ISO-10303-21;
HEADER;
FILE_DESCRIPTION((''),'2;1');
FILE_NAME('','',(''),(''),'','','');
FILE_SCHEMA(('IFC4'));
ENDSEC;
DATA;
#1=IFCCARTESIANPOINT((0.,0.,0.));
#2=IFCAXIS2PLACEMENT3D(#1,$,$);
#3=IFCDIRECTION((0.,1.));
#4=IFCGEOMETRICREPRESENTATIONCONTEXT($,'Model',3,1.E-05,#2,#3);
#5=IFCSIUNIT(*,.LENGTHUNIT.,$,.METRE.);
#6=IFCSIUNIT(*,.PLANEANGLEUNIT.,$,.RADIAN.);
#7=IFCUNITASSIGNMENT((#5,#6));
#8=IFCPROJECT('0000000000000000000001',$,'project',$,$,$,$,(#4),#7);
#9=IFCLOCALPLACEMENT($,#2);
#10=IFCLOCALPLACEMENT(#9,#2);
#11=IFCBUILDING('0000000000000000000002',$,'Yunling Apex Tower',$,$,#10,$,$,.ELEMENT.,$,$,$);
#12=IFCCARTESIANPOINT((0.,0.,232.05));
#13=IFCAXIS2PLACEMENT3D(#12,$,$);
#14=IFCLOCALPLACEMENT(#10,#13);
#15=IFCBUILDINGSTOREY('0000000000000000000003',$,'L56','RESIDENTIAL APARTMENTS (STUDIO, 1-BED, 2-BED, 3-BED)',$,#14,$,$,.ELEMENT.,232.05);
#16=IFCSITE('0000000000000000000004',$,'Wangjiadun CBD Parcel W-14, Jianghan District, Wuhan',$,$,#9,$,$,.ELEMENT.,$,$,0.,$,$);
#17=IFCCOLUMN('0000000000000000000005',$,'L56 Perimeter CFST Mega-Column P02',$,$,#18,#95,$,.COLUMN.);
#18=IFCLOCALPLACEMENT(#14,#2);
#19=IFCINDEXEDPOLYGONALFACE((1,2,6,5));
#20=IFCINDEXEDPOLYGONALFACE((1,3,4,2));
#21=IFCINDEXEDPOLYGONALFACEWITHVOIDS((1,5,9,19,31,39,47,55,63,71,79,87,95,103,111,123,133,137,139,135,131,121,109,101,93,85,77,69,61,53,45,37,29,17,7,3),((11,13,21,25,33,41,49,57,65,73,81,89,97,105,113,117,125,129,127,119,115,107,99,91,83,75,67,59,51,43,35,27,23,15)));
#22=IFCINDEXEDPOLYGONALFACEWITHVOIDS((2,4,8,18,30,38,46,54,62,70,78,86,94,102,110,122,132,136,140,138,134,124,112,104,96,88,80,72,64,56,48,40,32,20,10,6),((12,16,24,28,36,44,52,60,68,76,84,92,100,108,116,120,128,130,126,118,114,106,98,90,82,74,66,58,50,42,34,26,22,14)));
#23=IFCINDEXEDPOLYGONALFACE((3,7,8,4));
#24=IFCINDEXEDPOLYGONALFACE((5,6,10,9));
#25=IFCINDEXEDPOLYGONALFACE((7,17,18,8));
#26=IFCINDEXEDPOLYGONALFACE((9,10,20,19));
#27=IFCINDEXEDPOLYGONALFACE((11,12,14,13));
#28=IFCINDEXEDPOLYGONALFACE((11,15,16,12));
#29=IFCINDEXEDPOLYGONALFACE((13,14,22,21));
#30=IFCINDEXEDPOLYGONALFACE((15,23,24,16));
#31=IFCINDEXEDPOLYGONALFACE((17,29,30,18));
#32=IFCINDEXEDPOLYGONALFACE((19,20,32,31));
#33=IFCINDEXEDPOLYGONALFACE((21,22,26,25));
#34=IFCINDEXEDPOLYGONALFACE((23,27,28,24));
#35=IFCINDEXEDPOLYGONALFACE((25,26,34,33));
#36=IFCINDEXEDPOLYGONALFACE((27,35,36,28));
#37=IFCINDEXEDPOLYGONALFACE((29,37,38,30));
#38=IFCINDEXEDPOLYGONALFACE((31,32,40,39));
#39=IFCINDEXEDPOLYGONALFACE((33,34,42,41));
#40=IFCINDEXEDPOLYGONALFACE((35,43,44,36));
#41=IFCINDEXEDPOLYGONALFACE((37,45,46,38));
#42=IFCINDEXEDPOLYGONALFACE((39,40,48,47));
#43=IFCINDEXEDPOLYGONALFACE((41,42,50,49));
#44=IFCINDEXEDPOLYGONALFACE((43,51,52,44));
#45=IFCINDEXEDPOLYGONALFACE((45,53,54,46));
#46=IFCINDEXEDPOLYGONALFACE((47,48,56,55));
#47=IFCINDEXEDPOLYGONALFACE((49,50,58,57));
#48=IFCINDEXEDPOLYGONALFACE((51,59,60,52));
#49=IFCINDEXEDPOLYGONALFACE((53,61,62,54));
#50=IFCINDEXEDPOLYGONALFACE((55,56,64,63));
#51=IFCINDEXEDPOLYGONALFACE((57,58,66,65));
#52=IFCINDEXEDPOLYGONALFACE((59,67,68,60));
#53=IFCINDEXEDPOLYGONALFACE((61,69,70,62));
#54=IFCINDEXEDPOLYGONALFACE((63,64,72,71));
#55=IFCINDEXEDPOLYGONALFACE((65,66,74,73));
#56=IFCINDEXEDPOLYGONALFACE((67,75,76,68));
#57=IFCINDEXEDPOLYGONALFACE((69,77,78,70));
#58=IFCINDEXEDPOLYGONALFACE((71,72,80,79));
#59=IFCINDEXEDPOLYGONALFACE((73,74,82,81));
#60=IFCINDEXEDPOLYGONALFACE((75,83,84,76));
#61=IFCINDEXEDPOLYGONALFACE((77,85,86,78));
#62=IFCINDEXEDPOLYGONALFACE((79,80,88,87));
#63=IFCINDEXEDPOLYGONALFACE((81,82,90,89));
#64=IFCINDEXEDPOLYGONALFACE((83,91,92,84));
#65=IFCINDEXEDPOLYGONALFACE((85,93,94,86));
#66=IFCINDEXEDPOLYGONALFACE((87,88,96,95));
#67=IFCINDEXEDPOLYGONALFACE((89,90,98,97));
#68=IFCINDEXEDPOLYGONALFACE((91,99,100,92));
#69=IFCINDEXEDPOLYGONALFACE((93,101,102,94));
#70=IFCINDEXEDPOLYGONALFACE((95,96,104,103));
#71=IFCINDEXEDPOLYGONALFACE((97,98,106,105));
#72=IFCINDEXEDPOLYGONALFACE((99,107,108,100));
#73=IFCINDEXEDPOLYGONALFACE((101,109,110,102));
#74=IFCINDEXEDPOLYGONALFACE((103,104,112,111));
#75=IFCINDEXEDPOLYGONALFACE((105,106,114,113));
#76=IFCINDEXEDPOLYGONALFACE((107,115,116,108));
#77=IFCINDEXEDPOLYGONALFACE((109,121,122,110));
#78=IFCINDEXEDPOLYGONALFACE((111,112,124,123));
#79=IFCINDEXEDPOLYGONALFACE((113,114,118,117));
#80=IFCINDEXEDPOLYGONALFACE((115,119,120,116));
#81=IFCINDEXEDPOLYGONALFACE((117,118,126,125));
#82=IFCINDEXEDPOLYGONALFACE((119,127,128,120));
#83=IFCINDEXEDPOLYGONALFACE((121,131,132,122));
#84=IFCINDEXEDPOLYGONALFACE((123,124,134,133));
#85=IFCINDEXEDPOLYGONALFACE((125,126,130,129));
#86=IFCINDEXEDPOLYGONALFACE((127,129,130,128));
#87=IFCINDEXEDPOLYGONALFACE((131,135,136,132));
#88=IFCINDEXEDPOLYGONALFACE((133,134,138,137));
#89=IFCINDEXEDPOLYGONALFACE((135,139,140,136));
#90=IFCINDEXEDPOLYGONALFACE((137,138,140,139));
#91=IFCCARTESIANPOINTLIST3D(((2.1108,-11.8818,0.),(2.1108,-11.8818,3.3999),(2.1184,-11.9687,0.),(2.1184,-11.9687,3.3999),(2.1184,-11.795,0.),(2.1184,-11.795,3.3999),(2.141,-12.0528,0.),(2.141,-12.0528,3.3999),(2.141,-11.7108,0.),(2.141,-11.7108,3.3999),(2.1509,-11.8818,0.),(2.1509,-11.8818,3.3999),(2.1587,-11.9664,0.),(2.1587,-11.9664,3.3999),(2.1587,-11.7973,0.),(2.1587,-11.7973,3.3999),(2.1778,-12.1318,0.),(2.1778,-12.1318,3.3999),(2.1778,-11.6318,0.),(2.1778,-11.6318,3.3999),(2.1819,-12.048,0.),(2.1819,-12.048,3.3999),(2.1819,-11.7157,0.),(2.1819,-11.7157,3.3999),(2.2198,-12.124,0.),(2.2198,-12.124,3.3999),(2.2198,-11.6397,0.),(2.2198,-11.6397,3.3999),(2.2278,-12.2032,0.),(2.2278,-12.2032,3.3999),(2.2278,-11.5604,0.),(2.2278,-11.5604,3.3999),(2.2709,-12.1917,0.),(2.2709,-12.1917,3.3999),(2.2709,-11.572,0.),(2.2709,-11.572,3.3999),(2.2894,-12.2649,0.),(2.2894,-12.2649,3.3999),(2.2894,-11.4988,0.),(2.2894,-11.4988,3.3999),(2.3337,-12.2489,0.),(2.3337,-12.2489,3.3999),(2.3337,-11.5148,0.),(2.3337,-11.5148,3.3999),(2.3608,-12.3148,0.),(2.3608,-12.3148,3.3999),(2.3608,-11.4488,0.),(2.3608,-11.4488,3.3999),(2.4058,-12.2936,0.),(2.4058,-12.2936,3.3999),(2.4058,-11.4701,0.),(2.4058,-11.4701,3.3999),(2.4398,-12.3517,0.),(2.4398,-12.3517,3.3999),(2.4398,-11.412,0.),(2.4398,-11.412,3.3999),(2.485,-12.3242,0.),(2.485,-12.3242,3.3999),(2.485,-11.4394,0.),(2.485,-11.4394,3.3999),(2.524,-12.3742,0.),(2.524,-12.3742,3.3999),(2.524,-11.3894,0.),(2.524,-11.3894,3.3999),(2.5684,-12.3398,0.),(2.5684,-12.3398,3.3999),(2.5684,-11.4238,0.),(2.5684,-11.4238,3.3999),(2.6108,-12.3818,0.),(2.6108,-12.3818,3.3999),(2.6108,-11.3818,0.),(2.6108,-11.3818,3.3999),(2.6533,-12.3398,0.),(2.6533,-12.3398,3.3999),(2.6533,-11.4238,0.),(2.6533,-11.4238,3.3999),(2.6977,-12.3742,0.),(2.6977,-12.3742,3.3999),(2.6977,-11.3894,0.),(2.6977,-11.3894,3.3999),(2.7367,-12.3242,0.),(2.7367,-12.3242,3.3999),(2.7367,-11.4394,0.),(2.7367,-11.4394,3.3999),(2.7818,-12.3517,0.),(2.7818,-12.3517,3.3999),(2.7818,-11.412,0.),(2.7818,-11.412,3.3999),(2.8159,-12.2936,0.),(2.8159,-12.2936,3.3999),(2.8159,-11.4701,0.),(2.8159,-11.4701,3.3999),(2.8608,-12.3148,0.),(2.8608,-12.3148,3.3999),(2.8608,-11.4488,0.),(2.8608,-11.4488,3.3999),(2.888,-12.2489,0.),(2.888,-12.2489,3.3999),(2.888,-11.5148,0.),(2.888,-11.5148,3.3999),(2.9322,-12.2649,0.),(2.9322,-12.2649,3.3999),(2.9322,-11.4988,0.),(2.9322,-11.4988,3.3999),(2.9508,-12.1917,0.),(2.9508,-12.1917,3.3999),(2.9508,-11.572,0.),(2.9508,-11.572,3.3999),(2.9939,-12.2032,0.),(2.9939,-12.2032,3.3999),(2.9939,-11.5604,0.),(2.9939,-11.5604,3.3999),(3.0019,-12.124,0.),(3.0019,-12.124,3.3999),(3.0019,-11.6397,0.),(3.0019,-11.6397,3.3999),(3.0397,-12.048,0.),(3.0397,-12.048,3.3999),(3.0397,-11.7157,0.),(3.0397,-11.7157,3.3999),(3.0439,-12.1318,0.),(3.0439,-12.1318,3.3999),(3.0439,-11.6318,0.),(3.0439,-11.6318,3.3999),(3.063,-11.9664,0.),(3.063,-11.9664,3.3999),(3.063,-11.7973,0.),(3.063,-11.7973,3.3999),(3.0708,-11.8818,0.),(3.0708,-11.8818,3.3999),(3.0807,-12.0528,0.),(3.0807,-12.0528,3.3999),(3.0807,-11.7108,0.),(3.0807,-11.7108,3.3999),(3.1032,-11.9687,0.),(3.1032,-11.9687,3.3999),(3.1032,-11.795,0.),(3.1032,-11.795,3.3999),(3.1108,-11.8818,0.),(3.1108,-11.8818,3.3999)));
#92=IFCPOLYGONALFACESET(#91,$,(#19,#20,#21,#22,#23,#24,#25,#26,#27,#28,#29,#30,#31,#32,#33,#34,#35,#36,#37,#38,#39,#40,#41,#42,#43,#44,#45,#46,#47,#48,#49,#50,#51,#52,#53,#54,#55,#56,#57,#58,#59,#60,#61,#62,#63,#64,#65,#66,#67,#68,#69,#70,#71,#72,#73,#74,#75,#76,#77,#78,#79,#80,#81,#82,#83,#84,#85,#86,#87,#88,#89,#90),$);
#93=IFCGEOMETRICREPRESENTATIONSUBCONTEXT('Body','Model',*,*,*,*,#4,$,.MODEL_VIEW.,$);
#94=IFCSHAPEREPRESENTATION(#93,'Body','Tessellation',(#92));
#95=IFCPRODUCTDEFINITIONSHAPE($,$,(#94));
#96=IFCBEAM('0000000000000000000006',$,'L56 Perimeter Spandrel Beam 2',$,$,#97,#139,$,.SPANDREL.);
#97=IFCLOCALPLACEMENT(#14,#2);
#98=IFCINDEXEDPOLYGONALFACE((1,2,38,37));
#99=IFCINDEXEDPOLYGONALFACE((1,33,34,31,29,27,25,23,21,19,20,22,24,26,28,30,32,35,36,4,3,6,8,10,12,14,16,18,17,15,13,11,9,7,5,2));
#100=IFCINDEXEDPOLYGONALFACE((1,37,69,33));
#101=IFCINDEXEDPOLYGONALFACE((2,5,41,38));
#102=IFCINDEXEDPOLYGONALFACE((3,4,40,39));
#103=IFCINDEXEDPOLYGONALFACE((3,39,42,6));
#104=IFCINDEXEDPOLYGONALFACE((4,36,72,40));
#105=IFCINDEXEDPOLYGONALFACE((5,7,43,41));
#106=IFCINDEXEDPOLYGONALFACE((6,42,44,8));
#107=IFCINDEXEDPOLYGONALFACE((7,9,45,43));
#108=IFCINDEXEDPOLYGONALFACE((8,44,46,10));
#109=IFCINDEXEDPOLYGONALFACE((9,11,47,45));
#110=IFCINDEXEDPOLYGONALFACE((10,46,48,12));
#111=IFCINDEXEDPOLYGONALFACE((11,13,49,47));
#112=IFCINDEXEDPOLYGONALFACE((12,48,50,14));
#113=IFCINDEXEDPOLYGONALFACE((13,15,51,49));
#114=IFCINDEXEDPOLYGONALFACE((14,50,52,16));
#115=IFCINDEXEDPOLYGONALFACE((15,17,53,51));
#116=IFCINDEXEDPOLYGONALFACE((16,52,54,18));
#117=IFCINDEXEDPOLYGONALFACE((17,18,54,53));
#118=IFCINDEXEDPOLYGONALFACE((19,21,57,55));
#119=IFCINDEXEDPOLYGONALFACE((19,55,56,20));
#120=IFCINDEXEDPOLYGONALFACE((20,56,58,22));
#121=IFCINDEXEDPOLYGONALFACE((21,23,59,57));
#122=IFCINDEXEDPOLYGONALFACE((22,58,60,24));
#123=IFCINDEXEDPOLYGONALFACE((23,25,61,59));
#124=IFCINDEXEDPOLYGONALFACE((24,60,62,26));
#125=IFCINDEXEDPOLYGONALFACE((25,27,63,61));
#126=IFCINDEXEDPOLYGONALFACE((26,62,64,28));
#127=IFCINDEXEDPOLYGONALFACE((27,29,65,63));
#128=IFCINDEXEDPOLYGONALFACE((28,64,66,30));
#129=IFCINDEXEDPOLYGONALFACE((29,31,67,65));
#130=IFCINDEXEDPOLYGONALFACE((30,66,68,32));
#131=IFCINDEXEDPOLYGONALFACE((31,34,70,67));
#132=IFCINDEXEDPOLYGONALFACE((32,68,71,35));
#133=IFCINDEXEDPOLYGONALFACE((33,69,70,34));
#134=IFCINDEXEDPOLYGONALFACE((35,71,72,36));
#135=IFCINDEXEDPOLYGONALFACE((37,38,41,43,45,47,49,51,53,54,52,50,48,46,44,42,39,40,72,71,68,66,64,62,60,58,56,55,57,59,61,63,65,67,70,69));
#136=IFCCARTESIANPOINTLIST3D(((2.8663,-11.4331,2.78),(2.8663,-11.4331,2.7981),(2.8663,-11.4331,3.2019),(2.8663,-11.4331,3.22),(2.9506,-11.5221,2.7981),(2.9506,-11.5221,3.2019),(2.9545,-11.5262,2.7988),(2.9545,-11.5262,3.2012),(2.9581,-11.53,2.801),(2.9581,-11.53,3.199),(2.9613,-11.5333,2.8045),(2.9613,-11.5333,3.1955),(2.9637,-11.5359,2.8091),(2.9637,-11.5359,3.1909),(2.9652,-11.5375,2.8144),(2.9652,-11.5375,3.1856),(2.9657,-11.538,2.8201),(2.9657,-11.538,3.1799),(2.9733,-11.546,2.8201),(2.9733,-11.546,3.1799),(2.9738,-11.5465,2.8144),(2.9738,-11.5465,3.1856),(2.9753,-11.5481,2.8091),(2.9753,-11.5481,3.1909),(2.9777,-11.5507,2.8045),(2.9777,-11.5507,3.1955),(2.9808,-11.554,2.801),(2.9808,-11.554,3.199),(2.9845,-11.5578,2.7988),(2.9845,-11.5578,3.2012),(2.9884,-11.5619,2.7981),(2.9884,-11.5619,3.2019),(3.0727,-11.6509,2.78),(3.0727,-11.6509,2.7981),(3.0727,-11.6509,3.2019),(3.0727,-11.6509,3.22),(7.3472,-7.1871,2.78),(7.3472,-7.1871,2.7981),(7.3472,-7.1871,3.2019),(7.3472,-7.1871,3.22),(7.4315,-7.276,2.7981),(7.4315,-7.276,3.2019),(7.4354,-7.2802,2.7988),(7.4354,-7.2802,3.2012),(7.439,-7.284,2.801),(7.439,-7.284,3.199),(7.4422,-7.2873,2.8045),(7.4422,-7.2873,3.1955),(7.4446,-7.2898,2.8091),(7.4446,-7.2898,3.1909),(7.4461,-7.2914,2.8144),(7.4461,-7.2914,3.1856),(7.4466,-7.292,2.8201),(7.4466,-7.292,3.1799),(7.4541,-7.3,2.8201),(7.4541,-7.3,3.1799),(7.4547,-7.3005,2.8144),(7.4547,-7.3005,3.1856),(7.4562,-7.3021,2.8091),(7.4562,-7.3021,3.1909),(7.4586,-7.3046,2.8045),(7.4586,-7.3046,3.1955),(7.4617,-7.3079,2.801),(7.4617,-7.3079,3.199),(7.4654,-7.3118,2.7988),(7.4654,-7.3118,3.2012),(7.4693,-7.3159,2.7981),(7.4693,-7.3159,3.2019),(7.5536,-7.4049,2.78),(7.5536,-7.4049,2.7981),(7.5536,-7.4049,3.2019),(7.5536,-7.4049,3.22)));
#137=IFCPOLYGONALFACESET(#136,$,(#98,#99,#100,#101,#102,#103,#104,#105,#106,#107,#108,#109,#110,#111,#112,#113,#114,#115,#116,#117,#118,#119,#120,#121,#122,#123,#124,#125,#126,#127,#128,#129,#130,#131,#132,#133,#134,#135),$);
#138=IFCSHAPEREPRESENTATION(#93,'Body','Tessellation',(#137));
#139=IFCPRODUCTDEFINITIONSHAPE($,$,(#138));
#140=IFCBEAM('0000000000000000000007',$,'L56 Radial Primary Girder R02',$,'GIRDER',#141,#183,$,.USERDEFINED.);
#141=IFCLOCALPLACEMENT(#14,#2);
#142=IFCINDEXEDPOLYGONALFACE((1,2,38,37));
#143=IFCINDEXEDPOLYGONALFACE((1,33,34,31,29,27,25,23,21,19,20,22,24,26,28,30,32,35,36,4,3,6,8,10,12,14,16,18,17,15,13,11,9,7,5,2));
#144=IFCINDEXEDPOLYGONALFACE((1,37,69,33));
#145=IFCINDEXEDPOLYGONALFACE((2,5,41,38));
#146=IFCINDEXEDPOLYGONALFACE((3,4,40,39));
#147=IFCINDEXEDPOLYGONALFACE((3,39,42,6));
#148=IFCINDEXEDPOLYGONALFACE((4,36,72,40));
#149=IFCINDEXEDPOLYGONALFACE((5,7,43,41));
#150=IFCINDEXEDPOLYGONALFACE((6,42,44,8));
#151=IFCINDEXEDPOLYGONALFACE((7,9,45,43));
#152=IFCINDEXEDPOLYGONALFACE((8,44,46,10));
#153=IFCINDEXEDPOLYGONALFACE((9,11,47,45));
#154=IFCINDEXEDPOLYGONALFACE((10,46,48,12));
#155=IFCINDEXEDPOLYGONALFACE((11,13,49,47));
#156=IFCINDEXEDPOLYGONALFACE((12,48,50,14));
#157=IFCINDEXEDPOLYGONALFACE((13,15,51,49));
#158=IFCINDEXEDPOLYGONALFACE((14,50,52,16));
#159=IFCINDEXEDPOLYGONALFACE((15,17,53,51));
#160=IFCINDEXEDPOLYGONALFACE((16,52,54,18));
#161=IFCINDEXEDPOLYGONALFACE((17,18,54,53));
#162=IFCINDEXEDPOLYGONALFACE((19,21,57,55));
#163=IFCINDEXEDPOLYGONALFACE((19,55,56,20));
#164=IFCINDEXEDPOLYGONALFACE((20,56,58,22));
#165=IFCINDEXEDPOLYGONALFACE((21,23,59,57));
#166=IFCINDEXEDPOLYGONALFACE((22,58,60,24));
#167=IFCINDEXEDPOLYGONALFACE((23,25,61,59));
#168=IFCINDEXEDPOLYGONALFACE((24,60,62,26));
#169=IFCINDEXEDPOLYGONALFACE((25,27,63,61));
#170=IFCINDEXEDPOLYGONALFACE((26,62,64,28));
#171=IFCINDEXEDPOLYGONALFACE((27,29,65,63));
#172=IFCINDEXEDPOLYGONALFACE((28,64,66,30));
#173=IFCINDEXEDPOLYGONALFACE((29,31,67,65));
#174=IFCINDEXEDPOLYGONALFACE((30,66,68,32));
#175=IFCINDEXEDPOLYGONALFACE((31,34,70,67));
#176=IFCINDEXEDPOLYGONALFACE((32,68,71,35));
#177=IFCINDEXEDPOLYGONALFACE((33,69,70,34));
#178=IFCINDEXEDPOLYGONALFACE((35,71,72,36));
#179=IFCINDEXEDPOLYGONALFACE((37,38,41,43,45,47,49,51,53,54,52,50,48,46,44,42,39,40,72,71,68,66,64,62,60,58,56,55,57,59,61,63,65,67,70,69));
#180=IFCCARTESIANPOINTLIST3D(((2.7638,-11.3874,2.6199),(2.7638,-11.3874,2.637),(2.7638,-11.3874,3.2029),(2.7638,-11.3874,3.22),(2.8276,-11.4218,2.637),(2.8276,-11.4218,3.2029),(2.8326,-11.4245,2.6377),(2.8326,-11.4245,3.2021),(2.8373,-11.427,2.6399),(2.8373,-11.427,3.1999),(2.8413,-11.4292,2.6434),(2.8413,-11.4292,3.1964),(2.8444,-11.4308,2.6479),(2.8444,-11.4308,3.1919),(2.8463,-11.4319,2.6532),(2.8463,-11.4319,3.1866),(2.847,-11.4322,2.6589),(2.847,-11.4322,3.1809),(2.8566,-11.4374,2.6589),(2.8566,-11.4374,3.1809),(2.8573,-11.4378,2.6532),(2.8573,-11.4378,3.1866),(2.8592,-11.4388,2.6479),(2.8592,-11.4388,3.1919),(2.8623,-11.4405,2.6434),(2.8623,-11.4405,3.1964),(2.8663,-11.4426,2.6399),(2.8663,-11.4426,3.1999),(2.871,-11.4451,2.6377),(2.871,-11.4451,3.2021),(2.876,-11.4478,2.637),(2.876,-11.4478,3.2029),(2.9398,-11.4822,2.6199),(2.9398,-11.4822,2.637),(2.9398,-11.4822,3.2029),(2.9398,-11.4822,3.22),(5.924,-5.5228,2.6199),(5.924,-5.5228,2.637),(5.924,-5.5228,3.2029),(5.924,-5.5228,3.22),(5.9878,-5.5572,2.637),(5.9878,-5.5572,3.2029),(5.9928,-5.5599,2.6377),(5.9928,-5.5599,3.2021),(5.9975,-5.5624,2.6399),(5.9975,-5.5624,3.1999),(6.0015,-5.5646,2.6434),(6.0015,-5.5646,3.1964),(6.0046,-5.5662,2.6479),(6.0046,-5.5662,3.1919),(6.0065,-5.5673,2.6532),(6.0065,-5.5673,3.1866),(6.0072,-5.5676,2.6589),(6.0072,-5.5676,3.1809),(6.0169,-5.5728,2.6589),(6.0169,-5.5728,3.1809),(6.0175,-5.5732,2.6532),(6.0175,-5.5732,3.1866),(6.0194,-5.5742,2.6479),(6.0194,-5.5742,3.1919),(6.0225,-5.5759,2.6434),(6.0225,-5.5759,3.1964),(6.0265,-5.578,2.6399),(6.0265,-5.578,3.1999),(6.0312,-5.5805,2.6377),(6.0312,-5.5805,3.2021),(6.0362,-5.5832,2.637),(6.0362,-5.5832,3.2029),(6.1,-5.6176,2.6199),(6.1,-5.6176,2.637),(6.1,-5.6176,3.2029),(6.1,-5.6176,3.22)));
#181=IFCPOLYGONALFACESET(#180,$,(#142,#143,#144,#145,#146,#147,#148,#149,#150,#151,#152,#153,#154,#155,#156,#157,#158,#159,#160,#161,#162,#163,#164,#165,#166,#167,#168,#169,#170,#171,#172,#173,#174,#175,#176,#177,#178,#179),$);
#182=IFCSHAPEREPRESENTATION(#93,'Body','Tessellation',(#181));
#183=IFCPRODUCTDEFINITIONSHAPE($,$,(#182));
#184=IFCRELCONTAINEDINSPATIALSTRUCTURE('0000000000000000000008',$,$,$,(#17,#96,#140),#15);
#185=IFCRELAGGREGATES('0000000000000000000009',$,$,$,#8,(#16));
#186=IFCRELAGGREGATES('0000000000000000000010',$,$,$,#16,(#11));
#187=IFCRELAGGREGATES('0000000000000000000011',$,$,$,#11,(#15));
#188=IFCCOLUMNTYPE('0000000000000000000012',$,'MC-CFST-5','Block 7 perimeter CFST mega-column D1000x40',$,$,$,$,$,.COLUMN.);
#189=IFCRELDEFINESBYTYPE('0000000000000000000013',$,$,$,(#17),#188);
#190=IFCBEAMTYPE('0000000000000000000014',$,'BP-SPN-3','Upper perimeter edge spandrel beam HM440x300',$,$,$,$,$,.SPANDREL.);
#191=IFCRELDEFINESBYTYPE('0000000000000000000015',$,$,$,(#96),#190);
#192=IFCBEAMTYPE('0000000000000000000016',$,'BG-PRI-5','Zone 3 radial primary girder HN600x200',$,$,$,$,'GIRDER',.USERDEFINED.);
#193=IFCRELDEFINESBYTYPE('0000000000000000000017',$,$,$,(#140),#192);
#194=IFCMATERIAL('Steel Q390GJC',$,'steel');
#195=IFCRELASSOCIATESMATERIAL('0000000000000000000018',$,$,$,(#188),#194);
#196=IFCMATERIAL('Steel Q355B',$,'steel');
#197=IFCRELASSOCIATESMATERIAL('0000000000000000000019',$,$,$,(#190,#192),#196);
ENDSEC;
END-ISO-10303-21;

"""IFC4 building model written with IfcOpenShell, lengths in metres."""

from ifc_helpers import new_model, si_unit, direction, frame, origin, origin_2d, place, context, subcontext, project, spatial, hollow_circle, i_section, extrude, source, transform, mapped, material, material_profile, profile_set, type_object, element, save


model = new_model("IFC4")

# Units and contexts
model_context = context("Model", 3, precision=1e-05, world=origin(), true_north=direction((0.0, 1.0)))
body_context = subcontext(model_context, "Body", "Model", "MODEL_VIEW")
ifc_project = project(units=[si_unit("LENGTHUNIT", "METRE"), si_unit("PLANEANGLEUNIT", "RADIAN")], contexts=[model_context])

# Site, building, storey
site_placement = place(None, origin())
site = spatial("IfcSite", under=ifc_project, at=site_placement, Name="Wangjiadun CBD Parcel W-14, Jianghan District, Wuhan", CompositionType="ELEMENT", RefElevation=0.0)
building_placement = place(site_placement, origin())
building = spatial("IfcBuilding", under=site, at=building_placement, Name="Yunling Apex Tower", CompositionType="ELEMENT")
storey_placement = place(building_placement, frame((0.0, 0.0, 232.05)))
storey = spatial("IfcBuildingStorey", under=building, at=storey_placement, Name="L56", Description="RESIDENTIAL APARTMENTS (STUDIO, 1-BED, 2-BED, 3-BED)", CompositionType="ELEMENT", Elevation=232.05)

# Column
ifc_material_1 = material(Name="Steel Q390GJC", Category="steel")
ifc_material_profile_1 = material_profile(ifc_material_1, hollow_circle(Radius=0.5, WallThickness=0.04, at=origin_2d()))
ifc_profile_set_1 = profile_set([ifc_material_profile_1], Name="Steel Q390GJC")
column_type = type_object("IfcColumnType", Name="MC-CFST-5", Description="Block 7 perimeter CFST mega-column D1000x40", PredefinedType="COLUMN", material=ifc_profile_set_1)
shared_shape_1 = source(origin(), body_context, "Body", "SweptSolid", [
    extrude(hollow_circle(Radius=0.5, WallThickness=0.04, at=origin_2d()), origin(), (0.0, 0.0, 1.0), 3.3999),
])
column_placement = place(storey_placement, frame((2.6108, -11.8818, 0.0), z_axis=(0.0, 0.0, 1.0), x_axis=(1.0, 0.0, 0.0)))
element("IfcColumn", 1, at=column_placement, inside=storey, type_object=column_type, Name="L56 Perimeter CFST Mega-Column P02", PredefinedType="COLUMN", context=body_context, shape_type="MappedRepresentation", body=[
    mapped(shared_shape_1, transform((0.0, 0.0, 0.0), scale=1.0)),
])

# Beams
ifc_material_2 = material(Name="Steel Q355B", Category="steel")
ifc_material_profile_2 = material_profile(ifc_material_2, i_section(OverallWidth=0.3, OverallDepth=0.4399, WebThickness=0.011, FlangeThickness=0.0181, FilletRadius=0.022, at=origin_2d()))
ifc_profile_set_2 = profile_set([ifc_material_profile_2], Name="Steel Q355B")
beam_type_1 = type_object("IfcBeamType", Name="BP-SPN-3", Description="Upper perimeter edge spandrel beam HM440x300", PredefinedType="SPANDREL", material=ifc_profile_set_2)
shared_shape_2 = source(origin(), body_context, "Body", "SweptSolid", [
    extrude(i_section(OverallWidth=0.3, OverallDepth=0.4399, WebThickness=0.011, FlangeThickness=0.0181, FilletRadius=0.022, at=origin_2d()), origin(), (0.0, 0.0, 1.0), 6.1731),
])
beam_1_placement = place(storey_placement, frame((2.9695, -11.542, 3.0), z_axis=(0.725874, 0.687828, 0.0), x_axis=(-0.687828, 0.725874, 0.0)))
element("IfcBeam", 2, at=beam_1_placement, inside=storey, type_object=beam_type_1, Name="L56 Perimeter Spandrel Beam 2", PredefinedType="SPANDREL", context=body_context, shape_type="MappedRepresentation", body=[
    mapped(shared_shape_2, transform((0.0, 0.0, 0.0), scale=1.0)),
])
ifc_material_profile_3 = material_profile(ifc_material_2, i_section(OverallWidth=0.2, OverallDepth=0.6001, WebThickness=0.011, FlangeThickness=0.0171, FilletRadius=0.022, at=origin_2d()))
ifc_profile_set_3 = profile_set([ifc_material_profile_3], Name="Steel Q355B")
beam_type_2 = type_object("IfcBeamType", Name="BG-PRI-5", Description="Zone 3 radial primary girder HN600x200", ElementType="GIRDER", PredefinedType="USERDEFINED", material=ifc_profile_set_3)
shared_shape_3 = source(origin(), body_context, "Body", "SweptSolid", [
    extrude(i_section(OverallWidth=0.2, OverallDepth=0.6001, WebThickness=0.011, FlangeThickness=0.0171, FilletRadius=0.022, at=origin_2d()), origin(), (0.0, 0.0, 1.0), 6.6619),
])
beam_2_placement = place(storey_placement, frame((2.8518, -11.4348, 2.9199), z_axis=(0.474373, 0.880324, 0.0), x_axis=(-0.880324, 0.474373, 0.0)))
element("IfcBeam", 3, at=beam_2_placement, inside=storey, type_object=beam_type_2, Name="L56 Radial Primary Girder R02", ObjectType="GIRDER", PredefinedType="USERDEFINED", context=body_context, shape_type="MappedRepresentation", body=[
    mapped(shared_shape_3, transform((0.0, 0.0, 0.0), scale=1.0)),
])

save(model, "model.ifc")
